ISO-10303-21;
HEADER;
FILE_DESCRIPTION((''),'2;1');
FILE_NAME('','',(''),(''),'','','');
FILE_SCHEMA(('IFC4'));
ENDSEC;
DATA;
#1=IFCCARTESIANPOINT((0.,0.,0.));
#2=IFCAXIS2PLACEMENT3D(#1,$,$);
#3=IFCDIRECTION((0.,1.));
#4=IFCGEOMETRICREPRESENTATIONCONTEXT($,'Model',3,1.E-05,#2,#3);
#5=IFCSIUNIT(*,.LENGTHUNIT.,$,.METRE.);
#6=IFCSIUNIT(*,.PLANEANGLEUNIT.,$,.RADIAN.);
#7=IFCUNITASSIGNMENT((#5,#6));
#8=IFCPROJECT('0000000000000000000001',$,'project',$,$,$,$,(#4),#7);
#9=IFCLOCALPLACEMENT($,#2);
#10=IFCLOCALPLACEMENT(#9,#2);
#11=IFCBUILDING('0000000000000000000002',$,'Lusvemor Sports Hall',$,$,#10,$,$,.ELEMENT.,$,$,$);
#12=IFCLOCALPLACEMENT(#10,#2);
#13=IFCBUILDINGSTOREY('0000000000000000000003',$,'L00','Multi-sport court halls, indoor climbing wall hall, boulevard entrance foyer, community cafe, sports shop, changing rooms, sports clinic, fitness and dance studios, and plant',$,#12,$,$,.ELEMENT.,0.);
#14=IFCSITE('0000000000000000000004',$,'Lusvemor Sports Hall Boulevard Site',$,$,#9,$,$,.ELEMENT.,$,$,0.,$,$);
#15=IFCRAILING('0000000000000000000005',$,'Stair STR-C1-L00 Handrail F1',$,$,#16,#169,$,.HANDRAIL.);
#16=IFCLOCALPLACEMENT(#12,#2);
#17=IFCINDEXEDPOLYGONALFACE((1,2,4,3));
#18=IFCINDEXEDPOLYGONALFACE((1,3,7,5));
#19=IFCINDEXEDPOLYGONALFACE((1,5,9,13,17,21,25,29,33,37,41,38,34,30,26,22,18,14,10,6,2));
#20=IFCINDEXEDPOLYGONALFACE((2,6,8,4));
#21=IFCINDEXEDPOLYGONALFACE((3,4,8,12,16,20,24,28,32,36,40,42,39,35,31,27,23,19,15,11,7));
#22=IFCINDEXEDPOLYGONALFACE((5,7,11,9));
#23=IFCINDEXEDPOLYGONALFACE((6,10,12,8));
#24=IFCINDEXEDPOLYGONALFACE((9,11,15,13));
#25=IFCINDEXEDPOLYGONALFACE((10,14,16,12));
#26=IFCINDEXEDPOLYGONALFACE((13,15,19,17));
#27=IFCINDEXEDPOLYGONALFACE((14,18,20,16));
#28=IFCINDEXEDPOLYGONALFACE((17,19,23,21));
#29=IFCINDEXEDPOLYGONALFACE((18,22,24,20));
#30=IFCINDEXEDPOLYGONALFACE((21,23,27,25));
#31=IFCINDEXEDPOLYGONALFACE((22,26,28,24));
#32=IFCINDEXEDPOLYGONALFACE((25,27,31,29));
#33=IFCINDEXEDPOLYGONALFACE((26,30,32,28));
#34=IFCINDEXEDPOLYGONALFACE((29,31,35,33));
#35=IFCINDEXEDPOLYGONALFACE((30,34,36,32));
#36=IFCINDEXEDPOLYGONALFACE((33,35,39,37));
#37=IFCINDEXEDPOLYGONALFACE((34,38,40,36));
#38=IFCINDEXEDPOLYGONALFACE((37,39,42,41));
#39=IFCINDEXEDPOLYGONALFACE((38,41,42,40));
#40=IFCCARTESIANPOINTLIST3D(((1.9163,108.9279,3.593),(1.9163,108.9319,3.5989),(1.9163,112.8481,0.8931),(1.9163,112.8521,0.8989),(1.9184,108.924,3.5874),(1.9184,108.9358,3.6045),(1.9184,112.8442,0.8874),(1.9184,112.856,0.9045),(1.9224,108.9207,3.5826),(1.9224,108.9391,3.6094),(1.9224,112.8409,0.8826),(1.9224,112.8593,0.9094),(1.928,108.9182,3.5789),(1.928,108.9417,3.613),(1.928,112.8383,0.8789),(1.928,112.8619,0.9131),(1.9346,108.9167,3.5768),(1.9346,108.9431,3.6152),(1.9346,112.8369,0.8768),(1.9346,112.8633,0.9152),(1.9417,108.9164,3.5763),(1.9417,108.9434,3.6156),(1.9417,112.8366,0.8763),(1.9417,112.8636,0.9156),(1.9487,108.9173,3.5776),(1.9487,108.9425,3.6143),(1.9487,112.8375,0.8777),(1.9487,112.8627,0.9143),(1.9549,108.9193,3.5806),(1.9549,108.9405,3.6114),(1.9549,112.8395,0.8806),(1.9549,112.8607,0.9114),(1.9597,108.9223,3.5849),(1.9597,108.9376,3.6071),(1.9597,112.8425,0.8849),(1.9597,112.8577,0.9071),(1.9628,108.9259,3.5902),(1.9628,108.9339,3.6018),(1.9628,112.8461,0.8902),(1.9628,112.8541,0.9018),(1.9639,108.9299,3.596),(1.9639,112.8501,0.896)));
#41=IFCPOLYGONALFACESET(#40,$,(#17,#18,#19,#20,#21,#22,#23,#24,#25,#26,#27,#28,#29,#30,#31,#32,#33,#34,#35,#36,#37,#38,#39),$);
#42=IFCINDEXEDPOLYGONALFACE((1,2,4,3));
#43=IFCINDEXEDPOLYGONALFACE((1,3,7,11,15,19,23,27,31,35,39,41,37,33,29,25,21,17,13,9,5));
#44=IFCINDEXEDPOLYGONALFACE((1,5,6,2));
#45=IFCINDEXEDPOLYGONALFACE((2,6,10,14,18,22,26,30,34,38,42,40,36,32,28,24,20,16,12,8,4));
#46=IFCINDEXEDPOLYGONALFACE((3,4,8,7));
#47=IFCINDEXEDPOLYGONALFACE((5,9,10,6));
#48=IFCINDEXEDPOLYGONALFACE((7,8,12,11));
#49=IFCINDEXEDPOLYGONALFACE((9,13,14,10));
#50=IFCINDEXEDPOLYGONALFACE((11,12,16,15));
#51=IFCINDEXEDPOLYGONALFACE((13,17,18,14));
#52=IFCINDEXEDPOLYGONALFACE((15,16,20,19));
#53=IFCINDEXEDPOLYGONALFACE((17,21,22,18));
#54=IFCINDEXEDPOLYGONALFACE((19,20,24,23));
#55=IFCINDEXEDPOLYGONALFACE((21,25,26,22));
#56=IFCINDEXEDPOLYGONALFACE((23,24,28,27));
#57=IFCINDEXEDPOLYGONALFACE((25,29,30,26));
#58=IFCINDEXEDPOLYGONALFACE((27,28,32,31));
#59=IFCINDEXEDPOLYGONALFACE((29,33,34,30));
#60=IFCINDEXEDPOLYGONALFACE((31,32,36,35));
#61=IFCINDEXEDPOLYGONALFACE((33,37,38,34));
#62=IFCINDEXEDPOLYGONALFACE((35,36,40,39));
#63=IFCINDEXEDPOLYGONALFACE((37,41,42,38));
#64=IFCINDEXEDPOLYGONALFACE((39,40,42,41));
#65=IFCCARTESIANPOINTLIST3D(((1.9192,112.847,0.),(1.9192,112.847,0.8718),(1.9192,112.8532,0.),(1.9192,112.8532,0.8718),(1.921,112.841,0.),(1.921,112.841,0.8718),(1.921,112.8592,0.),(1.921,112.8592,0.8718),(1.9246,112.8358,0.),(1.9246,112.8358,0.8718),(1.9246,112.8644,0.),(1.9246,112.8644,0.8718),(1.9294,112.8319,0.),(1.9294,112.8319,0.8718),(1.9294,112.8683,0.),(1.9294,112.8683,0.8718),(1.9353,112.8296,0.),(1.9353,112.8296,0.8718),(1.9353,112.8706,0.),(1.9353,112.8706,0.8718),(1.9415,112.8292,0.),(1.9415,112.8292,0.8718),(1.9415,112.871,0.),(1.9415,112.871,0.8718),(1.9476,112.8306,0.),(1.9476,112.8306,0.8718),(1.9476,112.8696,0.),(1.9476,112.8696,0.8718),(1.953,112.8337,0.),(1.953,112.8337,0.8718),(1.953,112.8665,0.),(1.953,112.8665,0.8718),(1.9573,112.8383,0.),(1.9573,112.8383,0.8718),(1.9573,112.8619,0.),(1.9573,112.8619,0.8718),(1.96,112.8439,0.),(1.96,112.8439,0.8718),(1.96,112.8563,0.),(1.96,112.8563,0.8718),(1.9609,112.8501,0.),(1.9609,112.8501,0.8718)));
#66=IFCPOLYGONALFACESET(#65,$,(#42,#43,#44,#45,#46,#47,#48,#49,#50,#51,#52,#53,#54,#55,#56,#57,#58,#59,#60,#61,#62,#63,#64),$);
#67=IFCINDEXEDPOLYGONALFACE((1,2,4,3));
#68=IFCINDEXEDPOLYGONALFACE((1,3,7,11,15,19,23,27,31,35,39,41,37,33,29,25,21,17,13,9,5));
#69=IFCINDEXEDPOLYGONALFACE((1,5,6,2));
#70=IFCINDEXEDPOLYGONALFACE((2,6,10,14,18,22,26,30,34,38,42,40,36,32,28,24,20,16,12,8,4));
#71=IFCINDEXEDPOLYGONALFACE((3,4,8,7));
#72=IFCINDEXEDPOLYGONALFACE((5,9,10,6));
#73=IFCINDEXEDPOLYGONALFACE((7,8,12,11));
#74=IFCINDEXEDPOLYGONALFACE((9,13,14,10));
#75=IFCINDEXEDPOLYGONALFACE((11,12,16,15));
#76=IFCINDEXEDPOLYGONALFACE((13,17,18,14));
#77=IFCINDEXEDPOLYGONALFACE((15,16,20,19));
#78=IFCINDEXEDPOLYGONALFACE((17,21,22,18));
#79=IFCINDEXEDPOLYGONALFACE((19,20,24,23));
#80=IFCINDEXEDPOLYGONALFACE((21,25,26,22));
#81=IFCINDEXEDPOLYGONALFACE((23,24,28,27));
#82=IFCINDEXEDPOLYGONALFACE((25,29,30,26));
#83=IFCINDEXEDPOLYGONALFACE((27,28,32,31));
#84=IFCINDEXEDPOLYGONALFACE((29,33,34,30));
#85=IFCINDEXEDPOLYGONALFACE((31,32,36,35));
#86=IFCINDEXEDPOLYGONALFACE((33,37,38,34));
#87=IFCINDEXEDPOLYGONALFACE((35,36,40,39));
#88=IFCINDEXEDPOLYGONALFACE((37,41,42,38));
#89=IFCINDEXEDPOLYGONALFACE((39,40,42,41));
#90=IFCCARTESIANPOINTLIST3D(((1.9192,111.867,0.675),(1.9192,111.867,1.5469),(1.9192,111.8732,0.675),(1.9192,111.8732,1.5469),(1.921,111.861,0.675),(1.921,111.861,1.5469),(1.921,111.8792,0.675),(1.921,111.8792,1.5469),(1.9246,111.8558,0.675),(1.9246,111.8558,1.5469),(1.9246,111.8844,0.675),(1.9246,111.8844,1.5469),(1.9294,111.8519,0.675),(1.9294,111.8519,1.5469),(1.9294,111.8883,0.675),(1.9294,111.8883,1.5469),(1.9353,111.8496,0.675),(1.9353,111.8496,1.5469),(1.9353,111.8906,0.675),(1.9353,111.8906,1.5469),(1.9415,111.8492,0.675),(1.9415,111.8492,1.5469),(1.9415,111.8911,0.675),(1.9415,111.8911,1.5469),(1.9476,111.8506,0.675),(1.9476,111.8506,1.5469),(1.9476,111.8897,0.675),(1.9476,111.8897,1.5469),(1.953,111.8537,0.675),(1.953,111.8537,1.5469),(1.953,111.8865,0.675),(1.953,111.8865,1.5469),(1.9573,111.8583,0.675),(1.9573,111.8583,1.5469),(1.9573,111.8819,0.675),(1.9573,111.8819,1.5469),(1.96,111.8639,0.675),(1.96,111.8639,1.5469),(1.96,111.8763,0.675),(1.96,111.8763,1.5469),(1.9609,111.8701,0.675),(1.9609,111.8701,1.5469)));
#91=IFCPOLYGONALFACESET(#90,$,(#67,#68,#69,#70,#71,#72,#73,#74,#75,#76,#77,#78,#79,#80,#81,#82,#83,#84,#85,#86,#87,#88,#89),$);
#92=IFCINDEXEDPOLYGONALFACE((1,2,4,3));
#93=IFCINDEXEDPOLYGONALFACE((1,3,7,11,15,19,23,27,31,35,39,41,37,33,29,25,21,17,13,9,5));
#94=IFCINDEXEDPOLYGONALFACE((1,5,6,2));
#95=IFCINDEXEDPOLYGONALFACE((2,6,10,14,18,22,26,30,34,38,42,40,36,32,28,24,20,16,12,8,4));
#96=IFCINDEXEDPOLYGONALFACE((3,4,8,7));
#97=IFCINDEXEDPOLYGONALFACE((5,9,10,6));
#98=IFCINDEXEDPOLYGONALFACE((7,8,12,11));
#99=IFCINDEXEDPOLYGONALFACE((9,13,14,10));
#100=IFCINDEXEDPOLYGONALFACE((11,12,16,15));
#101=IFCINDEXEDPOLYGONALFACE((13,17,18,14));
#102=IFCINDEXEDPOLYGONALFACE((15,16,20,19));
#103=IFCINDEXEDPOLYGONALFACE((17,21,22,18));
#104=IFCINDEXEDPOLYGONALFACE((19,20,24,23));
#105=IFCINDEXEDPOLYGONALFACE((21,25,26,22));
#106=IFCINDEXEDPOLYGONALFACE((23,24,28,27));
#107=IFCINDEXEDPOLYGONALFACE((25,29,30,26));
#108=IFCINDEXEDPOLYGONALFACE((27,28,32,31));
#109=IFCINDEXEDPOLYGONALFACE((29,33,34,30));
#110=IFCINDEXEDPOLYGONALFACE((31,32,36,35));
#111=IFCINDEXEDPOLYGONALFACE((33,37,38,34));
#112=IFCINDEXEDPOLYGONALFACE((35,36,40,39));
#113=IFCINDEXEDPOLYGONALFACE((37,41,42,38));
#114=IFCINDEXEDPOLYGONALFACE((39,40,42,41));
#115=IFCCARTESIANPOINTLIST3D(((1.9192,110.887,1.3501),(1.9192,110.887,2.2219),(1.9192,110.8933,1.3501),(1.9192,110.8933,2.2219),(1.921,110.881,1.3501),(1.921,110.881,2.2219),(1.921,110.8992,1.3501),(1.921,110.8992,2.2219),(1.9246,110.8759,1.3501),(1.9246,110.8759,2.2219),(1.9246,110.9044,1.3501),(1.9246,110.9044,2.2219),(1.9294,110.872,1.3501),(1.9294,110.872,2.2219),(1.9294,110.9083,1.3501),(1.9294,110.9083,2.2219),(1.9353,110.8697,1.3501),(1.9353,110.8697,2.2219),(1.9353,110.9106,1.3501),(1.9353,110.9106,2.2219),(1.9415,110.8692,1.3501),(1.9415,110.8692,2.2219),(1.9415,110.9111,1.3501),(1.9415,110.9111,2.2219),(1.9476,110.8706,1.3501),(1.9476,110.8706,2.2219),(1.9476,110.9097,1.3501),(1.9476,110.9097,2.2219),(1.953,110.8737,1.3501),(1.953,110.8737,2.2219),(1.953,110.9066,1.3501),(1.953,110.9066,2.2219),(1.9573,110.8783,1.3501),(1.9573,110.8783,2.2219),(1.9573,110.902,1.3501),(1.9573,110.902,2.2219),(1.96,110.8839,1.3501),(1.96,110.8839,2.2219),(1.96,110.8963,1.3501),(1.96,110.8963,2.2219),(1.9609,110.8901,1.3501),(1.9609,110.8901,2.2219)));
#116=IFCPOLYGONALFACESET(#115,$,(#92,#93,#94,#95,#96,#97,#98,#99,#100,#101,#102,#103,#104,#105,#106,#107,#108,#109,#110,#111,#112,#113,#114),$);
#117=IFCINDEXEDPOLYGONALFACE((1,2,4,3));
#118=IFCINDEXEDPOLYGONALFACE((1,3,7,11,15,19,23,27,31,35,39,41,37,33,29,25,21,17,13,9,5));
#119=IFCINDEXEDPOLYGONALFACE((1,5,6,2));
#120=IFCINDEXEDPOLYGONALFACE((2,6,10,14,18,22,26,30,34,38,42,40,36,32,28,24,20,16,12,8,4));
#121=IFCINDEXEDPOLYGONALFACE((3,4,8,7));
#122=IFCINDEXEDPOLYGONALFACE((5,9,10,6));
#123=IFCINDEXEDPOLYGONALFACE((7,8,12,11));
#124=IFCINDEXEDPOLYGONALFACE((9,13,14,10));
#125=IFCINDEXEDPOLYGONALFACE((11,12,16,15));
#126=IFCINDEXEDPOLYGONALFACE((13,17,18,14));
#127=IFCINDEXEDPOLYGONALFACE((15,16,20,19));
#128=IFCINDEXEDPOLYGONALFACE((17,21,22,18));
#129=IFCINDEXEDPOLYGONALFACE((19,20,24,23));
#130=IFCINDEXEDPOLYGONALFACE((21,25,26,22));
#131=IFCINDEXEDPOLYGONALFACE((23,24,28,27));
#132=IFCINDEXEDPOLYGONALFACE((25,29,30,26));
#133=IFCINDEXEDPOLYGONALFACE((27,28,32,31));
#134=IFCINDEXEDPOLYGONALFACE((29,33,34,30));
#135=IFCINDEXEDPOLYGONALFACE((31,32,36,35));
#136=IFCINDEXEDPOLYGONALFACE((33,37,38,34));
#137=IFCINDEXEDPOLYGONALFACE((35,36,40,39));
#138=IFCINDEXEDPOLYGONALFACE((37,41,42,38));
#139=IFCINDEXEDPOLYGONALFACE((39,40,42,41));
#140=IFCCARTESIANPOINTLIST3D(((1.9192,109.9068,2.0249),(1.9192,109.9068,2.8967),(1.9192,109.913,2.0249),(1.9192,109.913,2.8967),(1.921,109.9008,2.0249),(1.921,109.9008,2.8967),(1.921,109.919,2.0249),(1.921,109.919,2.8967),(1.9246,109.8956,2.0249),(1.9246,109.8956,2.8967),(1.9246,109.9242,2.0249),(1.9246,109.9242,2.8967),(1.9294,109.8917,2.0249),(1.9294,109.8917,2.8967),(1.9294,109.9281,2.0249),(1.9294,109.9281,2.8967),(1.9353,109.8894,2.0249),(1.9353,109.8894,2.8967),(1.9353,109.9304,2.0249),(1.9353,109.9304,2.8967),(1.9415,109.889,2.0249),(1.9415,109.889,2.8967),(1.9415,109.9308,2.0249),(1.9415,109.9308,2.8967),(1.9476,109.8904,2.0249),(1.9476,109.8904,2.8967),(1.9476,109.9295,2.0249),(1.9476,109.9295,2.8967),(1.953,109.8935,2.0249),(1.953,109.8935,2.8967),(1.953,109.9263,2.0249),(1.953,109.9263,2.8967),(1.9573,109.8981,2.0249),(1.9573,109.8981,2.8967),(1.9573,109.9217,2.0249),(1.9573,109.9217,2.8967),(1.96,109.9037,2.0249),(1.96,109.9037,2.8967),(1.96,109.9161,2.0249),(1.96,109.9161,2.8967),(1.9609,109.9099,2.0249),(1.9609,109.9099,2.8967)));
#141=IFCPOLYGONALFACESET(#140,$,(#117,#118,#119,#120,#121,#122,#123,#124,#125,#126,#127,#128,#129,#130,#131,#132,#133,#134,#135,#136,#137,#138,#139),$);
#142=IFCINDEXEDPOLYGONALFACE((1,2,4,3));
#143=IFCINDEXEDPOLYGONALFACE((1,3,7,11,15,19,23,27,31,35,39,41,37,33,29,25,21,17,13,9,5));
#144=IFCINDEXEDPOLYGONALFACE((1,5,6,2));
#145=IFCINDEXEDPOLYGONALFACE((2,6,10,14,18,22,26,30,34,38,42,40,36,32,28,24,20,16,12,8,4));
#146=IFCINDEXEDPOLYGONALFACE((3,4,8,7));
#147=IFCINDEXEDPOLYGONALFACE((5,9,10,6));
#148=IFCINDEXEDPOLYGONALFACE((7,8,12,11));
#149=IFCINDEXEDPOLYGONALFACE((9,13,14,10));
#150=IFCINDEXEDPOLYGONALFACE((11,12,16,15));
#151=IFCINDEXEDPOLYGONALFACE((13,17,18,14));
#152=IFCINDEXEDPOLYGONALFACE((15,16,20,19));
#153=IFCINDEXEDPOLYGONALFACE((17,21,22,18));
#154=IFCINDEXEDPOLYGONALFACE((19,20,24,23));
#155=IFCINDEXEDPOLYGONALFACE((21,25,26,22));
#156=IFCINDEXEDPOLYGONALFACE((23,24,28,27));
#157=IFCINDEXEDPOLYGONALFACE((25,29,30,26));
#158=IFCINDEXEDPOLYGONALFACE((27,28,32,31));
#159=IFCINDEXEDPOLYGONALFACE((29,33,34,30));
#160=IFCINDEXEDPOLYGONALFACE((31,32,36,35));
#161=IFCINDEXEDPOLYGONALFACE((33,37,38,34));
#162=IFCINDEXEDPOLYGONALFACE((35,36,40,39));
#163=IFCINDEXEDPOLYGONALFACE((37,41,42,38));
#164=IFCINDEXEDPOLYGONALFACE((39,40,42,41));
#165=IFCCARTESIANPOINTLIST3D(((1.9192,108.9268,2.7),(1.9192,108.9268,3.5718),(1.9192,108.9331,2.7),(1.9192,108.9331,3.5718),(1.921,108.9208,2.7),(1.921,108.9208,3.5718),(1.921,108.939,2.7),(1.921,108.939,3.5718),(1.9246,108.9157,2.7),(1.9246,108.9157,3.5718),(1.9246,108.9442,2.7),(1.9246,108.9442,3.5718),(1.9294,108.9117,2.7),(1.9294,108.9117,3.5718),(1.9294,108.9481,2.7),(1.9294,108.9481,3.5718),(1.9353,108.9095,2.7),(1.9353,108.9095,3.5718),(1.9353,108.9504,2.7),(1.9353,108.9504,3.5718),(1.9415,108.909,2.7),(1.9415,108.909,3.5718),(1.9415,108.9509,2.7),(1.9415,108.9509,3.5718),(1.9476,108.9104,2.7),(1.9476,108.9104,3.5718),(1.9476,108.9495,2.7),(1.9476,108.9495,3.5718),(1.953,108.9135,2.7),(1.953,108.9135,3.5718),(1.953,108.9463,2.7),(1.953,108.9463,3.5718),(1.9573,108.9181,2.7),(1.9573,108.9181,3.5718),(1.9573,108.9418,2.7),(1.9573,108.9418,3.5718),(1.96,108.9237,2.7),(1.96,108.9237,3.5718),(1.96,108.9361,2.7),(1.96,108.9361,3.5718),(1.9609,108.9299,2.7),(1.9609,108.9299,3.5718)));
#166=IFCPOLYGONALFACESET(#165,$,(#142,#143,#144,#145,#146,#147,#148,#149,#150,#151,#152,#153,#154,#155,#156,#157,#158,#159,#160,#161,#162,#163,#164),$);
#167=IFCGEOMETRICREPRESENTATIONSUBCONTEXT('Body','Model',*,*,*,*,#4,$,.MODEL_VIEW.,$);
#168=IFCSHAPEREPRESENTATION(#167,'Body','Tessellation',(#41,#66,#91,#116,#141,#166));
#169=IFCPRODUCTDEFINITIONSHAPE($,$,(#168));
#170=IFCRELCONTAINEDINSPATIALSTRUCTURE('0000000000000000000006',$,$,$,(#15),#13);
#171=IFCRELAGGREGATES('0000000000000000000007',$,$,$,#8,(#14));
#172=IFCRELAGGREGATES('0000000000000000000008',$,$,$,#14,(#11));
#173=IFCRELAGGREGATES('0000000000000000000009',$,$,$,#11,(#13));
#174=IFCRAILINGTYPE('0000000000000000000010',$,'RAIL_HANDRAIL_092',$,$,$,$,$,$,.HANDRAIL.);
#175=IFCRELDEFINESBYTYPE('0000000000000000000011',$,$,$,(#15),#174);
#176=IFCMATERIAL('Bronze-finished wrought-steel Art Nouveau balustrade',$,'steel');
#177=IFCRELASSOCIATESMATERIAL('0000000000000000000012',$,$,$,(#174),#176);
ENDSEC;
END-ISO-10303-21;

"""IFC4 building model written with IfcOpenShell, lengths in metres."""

from ifc_helpers import new_model, si_unit, direction, frame, origin, origin_2d, place, context, subcontext, project, spatial, circle, extrude, material, type_object, element, save


model = new_model("IFC4")

# Units and contexts
model_context = context("Model", 3, precision=1e-05, world=origin(), true_north=direction((0.0, 1.0)))
body_context = subcontext(model_context, "Body", "Model", "MODEL_VIEW")
ifc_project = project(units=[si_unit("LENGTHUNIT", "METRE"), si_unit("PLANEANGLEUNIT", "RADIAN")], contexts=[model_context])

# Site, building, storey
site_placement = place(None, origin())
site = spatial("IfcSite", under=ifc_project, at=site_placement, Name="Lusvemor Sports Hall Boulevard Site", CompositionType="ELEMENT", RefElevation=0.0)
building_placement = place(site_placement, origin())
building = spatial("IfcBuilding", under=site, at=building_placement, Name="Lusvemor Sports Hall", CompositionType="ELEMENT")
storey_placement = place(building_placement, origin())
storey = spatial("IfcBuildingStorey", under=building, at=storey_placement, Name="L00", Description="Multi-sport court halls, indoor climbing wall hall, boulevard entrance foyer, community cafe, sports shop, changing rooms, sports clinic, fitness and dance studios, and plant", CompositionType="ELEMENT", Elevation=0.0)

# Railing
ifc_material_1 = material(Name="Bronze-finished wrought-steel Art Nouveau balustrade", Category="steel")
railing_type_1 = type_object("IfcRailingType", Name="RAIL_HANDRAIL_092", PredefinedType="HANDRAIL", material=ifc_material_1)
railing_1_placement = place(storey_placement, frame((1.9399, 112.8501, 0.0)))
element("IfcRailing", 1, at=railing_1_placement, inside=storey, type_object=railing_type_1, Name="Stair STR-C1-L00 Handrail F1", PredefinedType="HANDRAIL", context=body_context, shape_type="SweptSolid", body=[
    extrude(circle(Radius=0.0239, at=origin_2d()), frame((0.0, 0.0, 0.896), z_axis=(0.0, -0.823567, 0.567219), x_axis=(1.0, 0.0, 0.0)), (0.0, 0.0, 1.0), 4.76),
    extrude(circle(Radius=0.021, at=origin_2d()), origin(), (0.0, 0.0, 1.0), 0.8718),
    extrude(circle(Radius=0.021, at=origin_2d()), frame((0.0, -0.98, 0.675)), (0.0, 0.0, 1.0), 0.8718),
    extrude(circle(Radius=0.021, at=origin_2d()), frame((0.0, -1.96, 1.3501)), (0.0, 0.0, 1.0), 0.8718),
    extrude(circle(Radius=0.021, at=origin_2d()), frame((0.0, -2.9402, 2.0249)), (0.0, 0.0, 1.0), 0.8718),
    extrude(circle(Radius=0.021, at=origin_2d()), frame((0.0, -3.9202, 2.7)), (0.0, 0.0, 1.0), 0.8718),
])

save(model, "model.ifc")
